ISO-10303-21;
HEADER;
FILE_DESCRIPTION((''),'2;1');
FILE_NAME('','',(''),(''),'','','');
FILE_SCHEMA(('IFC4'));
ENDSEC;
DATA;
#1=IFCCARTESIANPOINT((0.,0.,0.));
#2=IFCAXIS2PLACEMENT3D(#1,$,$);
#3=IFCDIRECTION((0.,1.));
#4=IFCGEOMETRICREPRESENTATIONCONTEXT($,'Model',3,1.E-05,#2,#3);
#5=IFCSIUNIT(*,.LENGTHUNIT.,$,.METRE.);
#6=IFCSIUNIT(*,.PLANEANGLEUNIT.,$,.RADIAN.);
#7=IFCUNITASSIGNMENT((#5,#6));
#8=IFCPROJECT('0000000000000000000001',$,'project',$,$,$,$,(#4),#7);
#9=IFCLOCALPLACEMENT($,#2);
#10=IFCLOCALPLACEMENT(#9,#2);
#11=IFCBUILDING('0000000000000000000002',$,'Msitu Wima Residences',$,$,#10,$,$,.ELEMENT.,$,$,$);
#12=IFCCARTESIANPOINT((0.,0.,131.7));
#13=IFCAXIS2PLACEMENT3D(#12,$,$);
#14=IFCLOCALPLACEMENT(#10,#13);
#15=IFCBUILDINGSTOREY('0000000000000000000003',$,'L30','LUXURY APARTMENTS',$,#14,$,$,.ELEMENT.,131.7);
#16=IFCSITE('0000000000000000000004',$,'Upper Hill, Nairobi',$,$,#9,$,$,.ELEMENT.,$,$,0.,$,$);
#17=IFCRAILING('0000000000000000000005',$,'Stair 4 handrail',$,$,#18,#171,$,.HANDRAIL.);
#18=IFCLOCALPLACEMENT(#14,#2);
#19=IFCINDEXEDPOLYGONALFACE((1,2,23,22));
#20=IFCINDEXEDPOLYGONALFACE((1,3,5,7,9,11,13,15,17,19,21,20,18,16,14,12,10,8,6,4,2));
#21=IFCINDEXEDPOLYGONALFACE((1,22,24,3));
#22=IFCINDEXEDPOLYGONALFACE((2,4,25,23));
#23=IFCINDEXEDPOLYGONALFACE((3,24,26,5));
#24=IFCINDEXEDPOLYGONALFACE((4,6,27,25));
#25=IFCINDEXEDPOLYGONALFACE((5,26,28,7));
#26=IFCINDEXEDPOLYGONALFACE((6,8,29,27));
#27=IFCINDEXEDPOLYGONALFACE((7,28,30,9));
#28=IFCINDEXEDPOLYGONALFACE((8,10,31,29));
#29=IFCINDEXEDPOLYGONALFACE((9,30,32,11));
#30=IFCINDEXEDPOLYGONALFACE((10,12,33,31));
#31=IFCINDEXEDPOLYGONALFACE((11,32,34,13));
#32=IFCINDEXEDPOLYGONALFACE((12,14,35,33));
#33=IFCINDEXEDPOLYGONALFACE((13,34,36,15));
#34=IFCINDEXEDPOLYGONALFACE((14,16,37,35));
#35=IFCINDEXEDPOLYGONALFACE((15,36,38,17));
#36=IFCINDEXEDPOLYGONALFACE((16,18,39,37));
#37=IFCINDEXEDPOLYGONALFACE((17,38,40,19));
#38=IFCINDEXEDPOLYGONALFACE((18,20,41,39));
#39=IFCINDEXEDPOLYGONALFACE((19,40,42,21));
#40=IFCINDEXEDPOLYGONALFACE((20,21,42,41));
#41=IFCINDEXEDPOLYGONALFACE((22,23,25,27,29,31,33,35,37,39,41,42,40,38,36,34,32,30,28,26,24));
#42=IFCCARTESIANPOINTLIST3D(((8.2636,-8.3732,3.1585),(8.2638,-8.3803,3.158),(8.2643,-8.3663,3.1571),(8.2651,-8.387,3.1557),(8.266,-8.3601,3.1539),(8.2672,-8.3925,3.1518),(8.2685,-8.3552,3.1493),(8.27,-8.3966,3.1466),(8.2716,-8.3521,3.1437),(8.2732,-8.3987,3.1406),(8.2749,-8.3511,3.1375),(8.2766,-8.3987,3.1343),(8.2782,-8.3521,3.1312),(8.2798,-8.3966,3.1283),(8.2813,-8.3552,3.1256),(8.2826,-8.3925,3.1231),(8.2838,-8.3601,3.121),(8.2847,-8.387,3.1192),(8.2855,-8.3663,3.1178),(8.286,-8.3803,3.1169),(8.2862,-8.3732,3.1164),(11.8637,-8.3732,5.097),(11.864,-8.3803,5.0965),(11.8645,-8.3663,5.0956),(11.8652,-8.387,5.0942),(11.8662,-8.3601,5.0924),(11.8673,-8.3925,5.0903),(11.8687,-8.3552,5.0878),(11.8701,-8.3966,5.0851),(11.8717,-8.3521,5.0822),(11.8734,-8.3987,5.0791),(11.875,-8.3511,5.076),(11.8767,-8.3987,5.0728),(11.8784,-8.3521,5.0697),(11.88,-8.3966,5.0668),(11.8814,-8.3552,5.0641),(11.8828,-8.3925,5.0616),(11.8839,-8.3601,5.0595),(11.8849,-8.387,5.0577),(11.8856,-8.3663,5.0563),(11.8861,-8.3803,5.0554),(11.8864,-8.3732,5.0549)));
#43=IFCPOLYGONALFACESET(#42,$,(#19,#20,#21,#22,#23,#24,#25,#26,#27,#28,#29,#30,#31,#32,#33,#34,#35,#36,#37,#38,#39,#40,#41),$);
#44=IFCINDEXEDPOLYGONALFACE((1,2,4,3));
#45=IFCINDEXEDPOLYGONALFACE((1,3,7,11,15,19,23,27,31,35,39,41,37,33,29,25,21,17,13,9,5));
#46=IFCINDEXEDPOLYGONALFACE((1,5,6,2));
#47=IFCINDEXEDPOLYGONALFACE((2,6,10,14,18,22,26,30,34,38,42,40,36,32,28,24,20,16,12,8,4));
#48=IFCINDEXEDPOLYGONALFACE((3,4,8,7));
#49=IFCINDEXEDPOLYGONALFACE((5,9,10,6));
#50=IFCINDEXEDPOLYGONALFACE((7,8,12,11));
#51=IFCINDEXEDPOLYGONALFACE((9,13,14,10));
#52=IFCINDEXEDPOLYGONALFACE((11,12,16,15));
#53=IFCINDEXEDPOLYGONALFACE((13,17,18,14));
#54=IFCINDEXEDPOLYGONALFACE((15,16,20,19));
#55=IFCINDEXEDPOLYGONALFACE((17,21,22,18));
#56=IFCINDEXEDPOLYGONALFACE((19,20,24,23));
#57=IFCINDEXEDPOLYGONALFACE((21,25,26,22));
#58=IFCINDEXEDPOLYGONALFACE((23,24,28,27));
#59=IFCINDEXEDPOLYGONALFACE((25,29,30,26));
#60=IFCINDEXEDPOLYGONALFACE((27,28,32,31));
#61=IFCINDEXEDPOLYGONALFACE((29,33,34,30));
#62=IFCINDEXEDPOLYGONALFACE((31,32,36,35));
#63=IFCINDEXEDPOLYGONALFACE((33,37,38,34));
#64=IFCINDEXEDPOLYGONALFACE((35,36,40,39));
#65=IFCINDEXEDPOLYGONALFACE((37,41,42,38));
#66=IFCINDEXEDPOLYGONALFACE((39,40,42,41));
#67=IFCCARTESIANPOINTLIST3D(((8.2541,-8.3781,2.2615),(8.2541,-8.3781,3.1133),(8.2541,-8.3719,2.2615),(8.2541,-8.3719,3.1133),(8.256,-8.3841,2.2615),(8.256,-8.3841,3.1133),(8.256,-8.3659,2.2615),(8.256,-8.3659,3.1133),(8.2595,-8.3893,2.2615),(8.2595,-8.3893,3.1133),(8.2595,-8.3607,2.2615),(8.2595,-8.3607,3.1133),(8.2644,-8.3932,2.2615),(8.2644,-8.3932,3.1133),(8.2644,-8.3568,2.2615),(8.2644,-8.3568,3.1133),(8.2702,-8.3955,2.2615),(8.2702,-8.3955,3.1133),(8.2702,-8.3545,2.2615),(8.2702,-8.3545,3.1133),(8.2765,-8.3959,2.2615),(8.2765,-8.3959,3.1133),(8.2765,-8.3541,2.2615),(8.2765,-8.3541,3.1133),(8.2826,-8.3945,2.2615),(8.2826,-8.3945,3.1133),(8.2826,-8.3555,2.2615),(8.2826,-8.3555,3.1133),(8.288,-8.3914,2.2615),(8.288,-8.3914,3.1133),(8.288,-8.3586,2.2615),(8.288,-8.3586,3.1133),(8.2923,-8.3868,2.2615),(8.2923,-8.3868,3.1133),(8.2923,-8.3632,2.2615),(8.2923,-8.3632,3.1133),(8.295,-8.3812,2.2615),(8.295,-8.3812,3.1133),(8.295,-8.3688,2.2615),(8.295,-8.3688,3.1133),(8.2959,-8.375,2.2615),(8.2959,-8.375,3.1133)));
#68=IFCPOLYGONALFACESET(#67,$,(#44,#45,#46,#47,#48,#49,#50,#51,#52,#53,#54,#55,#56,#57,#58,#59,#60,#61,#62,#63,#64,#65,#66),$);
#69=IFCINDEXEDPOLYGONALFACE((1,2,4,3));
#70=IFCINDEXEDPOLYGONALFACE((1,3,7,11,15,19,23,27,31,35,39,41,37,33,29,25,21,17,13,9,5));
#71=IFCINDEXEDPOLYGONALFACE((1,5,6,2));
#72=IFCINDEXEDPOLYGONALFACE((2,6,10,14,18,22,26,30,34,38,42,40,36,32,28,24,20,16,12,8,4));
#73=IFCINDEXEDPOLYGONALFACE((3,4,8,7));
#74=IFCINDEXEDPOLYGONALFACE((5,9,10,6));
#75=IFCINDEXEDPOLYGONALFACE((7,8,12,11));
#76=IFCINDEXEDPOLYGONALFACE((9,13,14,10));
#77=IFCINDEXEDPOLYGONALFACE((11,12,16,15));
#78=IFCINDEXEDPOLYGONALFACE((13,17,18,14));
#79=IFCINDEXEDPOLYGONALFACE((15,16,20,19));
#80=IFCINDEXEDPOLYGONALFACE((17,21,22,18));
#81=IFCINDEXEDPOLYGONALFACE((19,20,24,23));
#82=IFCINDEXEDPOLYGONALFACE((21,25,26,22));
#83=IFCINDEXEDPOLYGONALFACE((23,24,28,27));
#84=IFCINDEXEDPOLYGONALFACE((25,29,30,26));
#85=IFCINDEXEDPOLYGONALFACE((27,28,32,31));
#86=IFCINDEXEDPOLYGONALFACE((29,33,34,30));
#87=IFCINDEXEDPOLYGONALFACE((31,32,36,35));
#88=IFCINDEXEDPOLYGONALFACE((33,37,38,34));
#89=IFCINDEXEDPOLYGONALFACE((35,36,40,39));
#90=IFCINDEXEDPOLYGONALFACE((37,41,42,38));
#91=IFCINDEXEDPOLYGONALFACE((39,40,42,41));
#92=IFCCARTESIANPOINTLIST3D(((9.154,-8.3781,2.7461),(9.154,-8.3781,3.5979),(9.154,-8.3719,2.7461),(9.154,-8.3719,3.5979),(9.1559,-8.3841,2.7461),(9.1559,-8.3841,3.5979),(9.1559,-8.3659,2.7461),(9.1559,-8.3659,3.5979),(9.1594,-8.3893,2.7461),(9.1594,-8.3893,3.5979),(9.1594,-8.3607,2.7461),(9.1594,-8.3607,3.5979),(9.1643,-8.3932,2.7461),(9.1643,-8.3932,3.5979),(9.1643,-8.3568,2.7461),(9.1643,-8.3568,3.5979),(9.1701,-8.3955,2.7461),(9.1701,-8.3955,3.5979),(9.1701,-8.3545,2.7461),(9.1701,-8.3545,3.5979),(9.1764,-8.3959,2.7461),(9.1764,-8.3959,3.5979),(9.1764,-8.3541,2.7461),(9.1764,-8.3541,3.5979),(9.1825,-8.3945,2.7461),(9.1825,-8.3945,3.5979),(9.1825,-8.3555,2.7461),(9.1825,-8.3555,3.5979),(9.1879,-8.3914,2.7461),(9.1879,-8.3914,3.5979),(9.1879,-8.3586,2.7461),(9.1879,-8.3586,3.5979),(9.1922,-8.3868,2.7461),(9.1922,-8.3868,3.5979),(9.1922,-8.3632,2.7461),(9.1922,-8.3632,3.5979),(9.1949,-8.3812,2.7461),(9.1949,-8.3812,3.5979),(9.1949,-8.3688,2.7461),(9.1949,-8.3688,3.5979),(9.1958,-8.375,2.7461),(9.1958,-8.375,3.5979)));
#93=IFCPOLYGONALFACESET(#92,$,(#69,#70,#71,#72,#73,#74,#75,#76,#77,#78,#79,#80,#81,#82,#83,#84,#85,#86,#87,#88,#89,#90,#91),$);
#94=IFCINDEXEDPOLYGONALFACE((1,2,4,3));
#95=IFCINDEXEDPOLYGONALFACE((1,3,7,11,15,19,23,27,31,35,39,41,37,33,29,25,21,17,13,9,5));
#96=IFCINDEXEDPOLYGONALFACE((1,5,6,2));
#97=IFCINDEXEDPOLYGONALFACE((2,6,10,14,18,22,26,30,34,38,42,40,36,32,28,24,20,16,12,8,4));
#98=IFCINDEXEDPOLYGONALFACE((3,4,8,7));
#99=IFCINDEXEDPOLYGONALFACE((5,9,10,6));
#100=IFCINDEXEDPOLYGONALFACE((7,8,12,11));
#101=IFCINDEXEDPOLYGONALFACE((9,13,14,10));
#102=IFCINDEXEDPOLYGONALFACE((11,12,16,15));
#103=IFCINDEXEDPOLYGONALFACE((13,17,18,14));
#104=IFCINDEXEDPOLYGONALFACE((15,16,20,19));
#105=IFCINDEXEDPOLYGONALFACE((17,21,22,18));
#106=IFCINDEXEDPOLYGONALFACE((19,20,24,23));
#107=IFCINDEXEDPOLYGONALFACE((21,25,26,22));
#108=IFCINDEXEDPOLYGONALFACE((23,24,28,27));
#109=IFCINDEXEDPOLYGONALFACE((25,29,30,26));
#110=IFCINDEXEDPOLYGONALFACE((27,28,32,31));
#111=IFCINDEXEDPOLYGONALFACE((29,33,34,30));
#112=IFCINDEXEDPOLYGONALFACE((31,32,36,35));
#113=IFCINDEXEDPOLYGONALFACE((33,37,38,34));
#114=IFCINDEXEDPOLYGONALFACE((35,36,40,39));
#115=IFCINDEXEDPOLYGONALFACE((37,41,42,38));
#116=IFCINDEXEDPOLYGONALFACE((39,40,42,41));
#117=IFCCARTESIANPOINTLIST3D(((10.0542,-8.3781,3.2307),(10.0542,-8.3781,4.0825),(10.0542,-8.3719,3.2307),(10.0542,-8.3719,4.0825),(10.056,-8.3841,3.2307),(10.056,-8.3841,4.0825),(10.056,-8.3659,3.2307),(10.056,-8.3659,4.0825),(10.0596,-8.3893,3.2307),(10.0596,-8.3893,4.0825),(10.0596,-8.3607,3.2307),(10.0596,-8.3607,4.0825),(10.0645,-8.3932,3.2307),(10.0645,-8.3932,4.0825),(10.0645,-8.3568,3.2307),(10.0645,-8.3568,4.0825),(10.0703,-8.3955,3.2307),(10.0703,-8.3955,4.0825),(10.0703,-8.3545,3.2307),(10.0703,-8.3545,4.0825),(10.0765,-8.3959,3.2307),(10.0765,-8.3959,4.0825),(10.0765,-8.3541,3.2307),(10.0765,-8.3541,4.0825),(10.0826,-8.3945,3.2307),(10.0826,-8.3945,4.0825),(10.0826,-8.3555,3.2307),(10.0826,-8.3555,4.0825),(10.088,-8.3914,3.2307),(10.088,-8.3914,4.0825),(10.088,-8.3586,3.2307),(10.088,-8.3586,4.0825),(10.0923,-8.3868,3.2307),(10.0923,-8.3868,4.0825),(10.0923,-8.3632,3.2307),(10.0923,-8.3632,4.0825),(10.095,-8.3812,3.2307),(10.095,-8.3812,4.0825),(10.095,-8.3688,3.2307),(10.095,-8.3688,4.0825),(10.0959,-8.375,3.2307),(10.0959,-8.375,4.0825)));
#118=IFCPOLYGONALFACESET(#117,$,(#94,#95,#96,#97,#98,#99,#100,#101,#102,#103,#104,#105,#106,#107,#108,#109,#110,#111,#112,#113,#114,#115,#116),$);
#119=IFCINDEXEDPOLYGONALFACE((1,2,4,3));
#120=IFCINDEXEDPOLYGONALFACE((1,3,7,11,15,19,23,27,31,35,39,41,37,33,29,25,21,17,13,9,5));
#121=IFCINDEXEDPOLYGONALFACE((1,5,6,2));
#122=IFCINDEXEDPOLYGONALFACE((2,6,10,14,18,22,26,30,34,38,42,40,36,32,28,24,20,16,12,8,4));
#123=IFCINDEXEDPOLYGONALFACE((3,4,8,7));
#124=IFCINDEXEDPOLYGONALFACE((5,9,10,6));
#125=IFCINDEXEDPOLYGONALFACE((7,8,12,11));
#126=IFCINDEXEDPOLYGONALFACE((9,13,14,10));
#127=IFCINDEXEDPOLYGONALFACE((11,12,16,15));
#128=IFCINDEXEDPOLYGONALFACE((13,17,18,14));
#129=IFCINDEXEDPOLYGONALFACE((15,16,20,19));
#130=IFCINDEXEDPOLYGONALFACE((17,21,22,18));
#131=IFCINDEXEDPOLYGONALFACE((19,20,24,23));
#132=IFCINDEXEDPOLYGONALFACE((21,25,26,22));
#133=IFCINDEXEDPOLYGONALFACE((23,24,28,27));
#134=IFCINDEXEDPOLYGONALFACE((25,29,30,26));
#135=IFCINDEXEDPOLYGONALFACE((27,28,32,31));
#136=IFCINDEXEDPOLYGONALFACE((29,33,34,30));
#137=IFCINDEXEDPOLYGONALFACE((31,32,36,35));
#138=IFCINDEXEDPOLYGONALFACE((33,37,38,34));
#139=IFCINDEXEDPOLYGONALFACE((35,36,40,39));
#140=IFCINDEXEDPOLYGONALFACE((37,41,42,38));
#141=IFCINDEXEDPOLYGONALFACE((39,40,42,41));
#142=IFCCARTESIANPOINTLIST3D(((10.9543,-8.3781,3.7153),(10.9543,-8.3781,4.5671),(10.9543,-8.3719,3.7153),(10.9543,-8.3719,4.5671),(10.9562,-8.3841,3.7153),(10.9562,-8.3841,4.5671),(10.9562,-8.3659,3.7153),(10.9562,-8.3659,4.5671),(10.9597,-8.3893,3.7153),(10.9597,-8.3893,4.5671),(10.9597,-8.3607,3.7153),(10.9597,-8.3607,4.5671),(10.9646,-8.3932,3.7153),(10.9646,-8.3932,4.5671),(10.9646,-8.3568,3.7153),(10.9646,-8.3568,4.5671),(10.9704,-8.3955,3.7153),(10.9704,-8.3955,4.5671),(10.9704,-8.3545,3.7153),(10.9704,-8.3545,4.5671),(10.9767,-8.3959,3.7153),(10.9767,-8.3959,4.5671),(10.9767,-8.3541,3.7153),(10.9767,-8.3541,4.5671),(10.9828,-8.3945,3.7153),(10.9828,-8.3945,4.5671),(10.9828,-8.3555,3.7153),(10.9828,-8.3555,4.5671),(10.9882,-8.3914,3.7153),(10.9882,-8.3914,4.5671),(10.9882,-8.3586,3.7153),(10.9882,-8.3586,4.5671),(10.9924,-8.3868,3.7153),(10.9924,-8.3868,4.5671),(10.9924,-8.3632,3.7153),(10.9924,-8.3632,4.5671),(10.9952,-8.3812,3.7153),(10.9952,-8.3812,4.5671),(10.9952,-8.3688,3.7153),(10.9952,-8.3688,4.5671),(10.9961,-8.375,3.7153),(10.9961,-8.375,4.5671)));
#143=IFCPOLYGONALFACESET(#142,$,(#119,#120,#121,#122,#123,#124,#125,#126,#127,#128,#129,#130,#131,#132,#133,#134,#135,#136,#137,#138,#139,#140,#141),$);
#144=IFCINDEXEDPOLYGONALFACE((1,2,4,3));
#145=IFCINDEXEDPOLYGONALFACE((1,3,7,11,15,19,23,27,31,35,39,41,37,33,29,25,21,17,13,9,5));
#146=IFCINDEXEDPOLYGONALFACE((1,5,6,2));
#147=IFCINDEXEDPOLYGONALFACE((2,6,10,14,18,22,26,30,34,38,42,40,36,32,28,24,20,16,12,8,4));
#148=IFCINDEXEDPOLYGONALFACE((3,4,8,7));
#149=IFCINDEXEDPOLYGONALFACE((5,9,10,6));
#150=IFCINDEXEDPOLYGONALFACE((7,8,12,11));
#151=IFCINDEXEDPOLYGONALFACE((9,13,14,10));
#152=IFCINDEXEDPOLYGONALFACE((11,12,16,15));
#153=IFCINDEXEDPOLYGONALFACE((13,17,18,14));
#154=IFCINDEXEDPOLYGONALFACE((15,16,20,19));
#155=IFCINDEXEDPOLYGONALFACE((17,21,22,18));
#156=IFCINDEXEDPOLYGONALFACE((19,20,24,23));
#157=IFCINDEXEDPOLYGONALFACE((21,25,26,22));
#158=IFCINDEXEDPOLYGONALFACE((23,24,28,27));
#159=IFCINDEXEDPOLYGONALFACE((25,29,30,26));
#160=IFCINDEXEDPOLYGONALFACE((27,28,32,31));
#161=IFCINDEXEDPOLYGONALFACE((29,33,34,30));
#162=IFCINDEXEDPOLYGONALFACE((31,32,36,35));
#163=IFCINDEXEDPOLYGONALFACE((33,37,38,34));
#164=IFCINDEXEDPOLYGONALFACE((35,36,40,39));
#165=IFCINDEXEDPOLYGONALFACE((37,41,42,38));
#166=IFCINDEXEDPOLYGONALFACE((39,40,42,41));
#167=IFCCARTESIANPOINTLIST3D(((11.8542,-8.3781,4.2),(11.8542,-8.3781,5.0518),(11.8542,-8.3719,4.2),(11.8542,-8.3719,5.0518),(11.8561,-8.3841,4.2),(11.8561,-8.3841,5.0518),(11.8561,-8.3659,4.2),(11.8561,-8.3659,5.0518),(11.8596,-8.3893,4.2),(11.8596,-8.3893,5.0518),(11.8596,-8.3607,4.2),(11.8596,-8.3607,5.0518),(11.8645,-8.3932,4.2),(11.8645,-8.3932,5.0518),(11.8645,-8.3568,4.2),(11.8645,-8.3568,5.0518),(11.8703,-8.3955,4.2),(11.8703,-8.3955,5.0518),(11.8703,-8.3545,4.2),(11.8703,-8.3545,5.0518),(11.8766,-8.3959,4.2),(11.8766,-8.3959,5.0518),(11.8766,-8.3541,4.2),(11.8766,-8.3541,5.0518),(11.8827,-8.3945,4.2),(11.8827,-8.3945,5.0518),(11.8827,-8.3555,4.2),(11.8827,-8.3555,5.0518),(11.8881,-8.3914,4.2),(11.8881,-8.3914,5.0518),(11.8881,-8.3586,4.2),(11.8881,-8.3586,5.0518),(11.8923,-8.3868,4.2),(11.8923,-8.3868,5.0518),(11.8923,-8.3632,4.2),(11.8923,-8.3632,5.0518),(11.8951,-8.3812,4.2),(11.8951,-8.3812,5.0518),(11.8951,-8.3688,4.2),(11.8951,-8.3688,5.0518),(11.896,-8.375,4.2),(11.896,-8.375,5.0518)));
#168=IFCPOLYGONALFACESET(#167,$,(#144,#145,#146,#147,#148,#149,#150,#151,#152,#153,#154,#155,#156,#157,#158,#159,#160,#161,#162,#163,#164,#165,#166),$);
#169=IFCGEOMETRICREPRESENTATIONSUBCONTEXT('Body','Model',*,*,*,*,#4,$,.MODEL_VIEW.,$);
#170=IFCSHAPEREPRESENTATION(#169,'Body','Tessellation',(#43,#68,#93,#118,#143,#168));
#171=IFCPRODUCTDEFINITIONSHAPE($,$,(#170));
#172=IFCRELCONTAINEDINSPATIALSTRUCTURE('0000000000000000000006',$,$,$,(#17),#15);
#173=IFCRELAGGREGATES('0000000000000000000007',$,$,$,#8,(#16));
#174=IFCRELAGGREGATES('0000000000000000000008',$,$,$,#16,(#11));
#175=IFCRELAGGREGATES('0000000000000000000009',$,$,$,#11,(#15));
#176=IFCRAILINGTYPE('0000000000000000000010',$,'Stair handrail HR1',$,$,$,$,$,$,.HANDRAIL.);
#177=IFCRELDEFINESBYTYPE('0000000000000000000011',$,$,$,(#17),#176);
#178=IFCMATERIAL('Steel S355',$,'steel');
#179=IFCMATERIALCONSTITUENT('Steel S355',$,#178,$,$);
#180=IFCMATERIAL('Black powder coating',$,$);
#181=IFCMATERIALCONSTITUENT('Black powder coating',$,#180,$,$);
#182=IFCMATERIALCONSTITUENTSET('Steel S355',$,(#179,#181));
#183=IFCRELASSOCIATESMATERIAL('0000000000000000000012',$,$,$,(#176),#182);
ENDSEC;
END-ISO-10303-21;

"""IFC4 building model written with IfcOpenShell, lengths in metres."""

from ifc_helpers import new_model, si_unit, direction, frame, origin, origin_2d, place, context, subcontext, project, spatial, circle, extrude, material, constituent, constituent_set, type_object, element, save


model = new_model("IFC4")

# Units and contexts
model_context = context("Model", 3, precision=1e-05, world=origin(), true_north=direction((0.0, 1.0)))
body_context = subcontext(model_context, "Body", "Model", "MODEL_VIEW")
ifc_project = project(units=[si_unit("LENGTHUNIT", "METRE"), si_unit("PLANEANGLEUNIT", "RADIAN")], contexts=[model_context])

# Site, building, storey
site_placement = place(None, origin())
site = spatial("IfcSite", under=ifc_project, at=site_placement, Name="Upper Hill, Nairobi", CompositionType="ELEMENT", RefElevation=0.0)
building_placement = place(site_placement, origin())
building = spatial("IfcBuilding", under=site, at=building_placement, Name="Msitu Wima Residences", CompositionType="ELEMENT")
storey_placement = place(building_placement, frame((0.0, 0.0, 131.7)))
storey = spatial("IfcBuildingStorey", under=building, at=storey_placement, Name="L30", Description="LUXURY APARTMENTS", CompositionType="ELEMENT", Elevation=131.7)

# Railing
ifc_material_1 = material(Name="Steel S355", Category="steel")
ifc_constituent_1 = constituent(ifc_material_1, Name="Steel S355")
ifc_material_2 = material(Name="Black powder coating")
ifc_constituent_2 = constituent(ifc_material_2, Name="Black powder coating")
ifc_constituent_set = constituent_set(constituents=[ifc_constituent_1, ifc_constituent_2], Name="Steel S355")
railing_type = type_object("IfcRailingType", Name="Stair handrail HR1", PredefinedType="HANDRAIL", material=ifc_constituent_set)
for number, where, name in (
    (1, (8.2749, -8.375, 2.2615), "Stair 4 handrail"),
):
    element("IfcRailing", number, at=place(storey_placement, frame(where)), inside=storey, type_object=railing_type, Name=name, PredefinedType="HANDRAIL", context=body_context, shape_type="SweptSolid", body=[
        extrude(circle(Radius=0.0239, at=origin_2d()), frame((0.0, 0.0, 0.876), z_axis=(0.880475, 0.0, 0.474093), x_axis=(0.0, 1.0, 0.0)), (0.0, 0.0, 1.0), 4.0889),
        extrude(circle(Radius=0.021, at=origin_2d()), origin(), (0.0, 0.0, 1.0), 0.8518),
        extrude(circle(Radius=0.021, at=origin_2d()), frame((0.8999, 0.0, 0.4846)), (0.0, 0.0, 1.0), 0.8518),
        extrude(circle(Radius=0.021, at=origin_2d()), frame((1.8, 0.0, 0.9692)), (0.0, 0.0, 1.0), 0.8518),
        extrude(circle(Radius=0.021, at=origin_2d()), frame((2.7002, 0.0, 1.4539)), (0.0, 0.0, 1.0), 0.8518),
        extrude(circle(Radius=0.021, at=origin_2d()), frame((3.6001, 0.0, 1.9385)), (0.0, 0.0, 1.0), 0.8518),
    ])

save(model, "model.ifc")
